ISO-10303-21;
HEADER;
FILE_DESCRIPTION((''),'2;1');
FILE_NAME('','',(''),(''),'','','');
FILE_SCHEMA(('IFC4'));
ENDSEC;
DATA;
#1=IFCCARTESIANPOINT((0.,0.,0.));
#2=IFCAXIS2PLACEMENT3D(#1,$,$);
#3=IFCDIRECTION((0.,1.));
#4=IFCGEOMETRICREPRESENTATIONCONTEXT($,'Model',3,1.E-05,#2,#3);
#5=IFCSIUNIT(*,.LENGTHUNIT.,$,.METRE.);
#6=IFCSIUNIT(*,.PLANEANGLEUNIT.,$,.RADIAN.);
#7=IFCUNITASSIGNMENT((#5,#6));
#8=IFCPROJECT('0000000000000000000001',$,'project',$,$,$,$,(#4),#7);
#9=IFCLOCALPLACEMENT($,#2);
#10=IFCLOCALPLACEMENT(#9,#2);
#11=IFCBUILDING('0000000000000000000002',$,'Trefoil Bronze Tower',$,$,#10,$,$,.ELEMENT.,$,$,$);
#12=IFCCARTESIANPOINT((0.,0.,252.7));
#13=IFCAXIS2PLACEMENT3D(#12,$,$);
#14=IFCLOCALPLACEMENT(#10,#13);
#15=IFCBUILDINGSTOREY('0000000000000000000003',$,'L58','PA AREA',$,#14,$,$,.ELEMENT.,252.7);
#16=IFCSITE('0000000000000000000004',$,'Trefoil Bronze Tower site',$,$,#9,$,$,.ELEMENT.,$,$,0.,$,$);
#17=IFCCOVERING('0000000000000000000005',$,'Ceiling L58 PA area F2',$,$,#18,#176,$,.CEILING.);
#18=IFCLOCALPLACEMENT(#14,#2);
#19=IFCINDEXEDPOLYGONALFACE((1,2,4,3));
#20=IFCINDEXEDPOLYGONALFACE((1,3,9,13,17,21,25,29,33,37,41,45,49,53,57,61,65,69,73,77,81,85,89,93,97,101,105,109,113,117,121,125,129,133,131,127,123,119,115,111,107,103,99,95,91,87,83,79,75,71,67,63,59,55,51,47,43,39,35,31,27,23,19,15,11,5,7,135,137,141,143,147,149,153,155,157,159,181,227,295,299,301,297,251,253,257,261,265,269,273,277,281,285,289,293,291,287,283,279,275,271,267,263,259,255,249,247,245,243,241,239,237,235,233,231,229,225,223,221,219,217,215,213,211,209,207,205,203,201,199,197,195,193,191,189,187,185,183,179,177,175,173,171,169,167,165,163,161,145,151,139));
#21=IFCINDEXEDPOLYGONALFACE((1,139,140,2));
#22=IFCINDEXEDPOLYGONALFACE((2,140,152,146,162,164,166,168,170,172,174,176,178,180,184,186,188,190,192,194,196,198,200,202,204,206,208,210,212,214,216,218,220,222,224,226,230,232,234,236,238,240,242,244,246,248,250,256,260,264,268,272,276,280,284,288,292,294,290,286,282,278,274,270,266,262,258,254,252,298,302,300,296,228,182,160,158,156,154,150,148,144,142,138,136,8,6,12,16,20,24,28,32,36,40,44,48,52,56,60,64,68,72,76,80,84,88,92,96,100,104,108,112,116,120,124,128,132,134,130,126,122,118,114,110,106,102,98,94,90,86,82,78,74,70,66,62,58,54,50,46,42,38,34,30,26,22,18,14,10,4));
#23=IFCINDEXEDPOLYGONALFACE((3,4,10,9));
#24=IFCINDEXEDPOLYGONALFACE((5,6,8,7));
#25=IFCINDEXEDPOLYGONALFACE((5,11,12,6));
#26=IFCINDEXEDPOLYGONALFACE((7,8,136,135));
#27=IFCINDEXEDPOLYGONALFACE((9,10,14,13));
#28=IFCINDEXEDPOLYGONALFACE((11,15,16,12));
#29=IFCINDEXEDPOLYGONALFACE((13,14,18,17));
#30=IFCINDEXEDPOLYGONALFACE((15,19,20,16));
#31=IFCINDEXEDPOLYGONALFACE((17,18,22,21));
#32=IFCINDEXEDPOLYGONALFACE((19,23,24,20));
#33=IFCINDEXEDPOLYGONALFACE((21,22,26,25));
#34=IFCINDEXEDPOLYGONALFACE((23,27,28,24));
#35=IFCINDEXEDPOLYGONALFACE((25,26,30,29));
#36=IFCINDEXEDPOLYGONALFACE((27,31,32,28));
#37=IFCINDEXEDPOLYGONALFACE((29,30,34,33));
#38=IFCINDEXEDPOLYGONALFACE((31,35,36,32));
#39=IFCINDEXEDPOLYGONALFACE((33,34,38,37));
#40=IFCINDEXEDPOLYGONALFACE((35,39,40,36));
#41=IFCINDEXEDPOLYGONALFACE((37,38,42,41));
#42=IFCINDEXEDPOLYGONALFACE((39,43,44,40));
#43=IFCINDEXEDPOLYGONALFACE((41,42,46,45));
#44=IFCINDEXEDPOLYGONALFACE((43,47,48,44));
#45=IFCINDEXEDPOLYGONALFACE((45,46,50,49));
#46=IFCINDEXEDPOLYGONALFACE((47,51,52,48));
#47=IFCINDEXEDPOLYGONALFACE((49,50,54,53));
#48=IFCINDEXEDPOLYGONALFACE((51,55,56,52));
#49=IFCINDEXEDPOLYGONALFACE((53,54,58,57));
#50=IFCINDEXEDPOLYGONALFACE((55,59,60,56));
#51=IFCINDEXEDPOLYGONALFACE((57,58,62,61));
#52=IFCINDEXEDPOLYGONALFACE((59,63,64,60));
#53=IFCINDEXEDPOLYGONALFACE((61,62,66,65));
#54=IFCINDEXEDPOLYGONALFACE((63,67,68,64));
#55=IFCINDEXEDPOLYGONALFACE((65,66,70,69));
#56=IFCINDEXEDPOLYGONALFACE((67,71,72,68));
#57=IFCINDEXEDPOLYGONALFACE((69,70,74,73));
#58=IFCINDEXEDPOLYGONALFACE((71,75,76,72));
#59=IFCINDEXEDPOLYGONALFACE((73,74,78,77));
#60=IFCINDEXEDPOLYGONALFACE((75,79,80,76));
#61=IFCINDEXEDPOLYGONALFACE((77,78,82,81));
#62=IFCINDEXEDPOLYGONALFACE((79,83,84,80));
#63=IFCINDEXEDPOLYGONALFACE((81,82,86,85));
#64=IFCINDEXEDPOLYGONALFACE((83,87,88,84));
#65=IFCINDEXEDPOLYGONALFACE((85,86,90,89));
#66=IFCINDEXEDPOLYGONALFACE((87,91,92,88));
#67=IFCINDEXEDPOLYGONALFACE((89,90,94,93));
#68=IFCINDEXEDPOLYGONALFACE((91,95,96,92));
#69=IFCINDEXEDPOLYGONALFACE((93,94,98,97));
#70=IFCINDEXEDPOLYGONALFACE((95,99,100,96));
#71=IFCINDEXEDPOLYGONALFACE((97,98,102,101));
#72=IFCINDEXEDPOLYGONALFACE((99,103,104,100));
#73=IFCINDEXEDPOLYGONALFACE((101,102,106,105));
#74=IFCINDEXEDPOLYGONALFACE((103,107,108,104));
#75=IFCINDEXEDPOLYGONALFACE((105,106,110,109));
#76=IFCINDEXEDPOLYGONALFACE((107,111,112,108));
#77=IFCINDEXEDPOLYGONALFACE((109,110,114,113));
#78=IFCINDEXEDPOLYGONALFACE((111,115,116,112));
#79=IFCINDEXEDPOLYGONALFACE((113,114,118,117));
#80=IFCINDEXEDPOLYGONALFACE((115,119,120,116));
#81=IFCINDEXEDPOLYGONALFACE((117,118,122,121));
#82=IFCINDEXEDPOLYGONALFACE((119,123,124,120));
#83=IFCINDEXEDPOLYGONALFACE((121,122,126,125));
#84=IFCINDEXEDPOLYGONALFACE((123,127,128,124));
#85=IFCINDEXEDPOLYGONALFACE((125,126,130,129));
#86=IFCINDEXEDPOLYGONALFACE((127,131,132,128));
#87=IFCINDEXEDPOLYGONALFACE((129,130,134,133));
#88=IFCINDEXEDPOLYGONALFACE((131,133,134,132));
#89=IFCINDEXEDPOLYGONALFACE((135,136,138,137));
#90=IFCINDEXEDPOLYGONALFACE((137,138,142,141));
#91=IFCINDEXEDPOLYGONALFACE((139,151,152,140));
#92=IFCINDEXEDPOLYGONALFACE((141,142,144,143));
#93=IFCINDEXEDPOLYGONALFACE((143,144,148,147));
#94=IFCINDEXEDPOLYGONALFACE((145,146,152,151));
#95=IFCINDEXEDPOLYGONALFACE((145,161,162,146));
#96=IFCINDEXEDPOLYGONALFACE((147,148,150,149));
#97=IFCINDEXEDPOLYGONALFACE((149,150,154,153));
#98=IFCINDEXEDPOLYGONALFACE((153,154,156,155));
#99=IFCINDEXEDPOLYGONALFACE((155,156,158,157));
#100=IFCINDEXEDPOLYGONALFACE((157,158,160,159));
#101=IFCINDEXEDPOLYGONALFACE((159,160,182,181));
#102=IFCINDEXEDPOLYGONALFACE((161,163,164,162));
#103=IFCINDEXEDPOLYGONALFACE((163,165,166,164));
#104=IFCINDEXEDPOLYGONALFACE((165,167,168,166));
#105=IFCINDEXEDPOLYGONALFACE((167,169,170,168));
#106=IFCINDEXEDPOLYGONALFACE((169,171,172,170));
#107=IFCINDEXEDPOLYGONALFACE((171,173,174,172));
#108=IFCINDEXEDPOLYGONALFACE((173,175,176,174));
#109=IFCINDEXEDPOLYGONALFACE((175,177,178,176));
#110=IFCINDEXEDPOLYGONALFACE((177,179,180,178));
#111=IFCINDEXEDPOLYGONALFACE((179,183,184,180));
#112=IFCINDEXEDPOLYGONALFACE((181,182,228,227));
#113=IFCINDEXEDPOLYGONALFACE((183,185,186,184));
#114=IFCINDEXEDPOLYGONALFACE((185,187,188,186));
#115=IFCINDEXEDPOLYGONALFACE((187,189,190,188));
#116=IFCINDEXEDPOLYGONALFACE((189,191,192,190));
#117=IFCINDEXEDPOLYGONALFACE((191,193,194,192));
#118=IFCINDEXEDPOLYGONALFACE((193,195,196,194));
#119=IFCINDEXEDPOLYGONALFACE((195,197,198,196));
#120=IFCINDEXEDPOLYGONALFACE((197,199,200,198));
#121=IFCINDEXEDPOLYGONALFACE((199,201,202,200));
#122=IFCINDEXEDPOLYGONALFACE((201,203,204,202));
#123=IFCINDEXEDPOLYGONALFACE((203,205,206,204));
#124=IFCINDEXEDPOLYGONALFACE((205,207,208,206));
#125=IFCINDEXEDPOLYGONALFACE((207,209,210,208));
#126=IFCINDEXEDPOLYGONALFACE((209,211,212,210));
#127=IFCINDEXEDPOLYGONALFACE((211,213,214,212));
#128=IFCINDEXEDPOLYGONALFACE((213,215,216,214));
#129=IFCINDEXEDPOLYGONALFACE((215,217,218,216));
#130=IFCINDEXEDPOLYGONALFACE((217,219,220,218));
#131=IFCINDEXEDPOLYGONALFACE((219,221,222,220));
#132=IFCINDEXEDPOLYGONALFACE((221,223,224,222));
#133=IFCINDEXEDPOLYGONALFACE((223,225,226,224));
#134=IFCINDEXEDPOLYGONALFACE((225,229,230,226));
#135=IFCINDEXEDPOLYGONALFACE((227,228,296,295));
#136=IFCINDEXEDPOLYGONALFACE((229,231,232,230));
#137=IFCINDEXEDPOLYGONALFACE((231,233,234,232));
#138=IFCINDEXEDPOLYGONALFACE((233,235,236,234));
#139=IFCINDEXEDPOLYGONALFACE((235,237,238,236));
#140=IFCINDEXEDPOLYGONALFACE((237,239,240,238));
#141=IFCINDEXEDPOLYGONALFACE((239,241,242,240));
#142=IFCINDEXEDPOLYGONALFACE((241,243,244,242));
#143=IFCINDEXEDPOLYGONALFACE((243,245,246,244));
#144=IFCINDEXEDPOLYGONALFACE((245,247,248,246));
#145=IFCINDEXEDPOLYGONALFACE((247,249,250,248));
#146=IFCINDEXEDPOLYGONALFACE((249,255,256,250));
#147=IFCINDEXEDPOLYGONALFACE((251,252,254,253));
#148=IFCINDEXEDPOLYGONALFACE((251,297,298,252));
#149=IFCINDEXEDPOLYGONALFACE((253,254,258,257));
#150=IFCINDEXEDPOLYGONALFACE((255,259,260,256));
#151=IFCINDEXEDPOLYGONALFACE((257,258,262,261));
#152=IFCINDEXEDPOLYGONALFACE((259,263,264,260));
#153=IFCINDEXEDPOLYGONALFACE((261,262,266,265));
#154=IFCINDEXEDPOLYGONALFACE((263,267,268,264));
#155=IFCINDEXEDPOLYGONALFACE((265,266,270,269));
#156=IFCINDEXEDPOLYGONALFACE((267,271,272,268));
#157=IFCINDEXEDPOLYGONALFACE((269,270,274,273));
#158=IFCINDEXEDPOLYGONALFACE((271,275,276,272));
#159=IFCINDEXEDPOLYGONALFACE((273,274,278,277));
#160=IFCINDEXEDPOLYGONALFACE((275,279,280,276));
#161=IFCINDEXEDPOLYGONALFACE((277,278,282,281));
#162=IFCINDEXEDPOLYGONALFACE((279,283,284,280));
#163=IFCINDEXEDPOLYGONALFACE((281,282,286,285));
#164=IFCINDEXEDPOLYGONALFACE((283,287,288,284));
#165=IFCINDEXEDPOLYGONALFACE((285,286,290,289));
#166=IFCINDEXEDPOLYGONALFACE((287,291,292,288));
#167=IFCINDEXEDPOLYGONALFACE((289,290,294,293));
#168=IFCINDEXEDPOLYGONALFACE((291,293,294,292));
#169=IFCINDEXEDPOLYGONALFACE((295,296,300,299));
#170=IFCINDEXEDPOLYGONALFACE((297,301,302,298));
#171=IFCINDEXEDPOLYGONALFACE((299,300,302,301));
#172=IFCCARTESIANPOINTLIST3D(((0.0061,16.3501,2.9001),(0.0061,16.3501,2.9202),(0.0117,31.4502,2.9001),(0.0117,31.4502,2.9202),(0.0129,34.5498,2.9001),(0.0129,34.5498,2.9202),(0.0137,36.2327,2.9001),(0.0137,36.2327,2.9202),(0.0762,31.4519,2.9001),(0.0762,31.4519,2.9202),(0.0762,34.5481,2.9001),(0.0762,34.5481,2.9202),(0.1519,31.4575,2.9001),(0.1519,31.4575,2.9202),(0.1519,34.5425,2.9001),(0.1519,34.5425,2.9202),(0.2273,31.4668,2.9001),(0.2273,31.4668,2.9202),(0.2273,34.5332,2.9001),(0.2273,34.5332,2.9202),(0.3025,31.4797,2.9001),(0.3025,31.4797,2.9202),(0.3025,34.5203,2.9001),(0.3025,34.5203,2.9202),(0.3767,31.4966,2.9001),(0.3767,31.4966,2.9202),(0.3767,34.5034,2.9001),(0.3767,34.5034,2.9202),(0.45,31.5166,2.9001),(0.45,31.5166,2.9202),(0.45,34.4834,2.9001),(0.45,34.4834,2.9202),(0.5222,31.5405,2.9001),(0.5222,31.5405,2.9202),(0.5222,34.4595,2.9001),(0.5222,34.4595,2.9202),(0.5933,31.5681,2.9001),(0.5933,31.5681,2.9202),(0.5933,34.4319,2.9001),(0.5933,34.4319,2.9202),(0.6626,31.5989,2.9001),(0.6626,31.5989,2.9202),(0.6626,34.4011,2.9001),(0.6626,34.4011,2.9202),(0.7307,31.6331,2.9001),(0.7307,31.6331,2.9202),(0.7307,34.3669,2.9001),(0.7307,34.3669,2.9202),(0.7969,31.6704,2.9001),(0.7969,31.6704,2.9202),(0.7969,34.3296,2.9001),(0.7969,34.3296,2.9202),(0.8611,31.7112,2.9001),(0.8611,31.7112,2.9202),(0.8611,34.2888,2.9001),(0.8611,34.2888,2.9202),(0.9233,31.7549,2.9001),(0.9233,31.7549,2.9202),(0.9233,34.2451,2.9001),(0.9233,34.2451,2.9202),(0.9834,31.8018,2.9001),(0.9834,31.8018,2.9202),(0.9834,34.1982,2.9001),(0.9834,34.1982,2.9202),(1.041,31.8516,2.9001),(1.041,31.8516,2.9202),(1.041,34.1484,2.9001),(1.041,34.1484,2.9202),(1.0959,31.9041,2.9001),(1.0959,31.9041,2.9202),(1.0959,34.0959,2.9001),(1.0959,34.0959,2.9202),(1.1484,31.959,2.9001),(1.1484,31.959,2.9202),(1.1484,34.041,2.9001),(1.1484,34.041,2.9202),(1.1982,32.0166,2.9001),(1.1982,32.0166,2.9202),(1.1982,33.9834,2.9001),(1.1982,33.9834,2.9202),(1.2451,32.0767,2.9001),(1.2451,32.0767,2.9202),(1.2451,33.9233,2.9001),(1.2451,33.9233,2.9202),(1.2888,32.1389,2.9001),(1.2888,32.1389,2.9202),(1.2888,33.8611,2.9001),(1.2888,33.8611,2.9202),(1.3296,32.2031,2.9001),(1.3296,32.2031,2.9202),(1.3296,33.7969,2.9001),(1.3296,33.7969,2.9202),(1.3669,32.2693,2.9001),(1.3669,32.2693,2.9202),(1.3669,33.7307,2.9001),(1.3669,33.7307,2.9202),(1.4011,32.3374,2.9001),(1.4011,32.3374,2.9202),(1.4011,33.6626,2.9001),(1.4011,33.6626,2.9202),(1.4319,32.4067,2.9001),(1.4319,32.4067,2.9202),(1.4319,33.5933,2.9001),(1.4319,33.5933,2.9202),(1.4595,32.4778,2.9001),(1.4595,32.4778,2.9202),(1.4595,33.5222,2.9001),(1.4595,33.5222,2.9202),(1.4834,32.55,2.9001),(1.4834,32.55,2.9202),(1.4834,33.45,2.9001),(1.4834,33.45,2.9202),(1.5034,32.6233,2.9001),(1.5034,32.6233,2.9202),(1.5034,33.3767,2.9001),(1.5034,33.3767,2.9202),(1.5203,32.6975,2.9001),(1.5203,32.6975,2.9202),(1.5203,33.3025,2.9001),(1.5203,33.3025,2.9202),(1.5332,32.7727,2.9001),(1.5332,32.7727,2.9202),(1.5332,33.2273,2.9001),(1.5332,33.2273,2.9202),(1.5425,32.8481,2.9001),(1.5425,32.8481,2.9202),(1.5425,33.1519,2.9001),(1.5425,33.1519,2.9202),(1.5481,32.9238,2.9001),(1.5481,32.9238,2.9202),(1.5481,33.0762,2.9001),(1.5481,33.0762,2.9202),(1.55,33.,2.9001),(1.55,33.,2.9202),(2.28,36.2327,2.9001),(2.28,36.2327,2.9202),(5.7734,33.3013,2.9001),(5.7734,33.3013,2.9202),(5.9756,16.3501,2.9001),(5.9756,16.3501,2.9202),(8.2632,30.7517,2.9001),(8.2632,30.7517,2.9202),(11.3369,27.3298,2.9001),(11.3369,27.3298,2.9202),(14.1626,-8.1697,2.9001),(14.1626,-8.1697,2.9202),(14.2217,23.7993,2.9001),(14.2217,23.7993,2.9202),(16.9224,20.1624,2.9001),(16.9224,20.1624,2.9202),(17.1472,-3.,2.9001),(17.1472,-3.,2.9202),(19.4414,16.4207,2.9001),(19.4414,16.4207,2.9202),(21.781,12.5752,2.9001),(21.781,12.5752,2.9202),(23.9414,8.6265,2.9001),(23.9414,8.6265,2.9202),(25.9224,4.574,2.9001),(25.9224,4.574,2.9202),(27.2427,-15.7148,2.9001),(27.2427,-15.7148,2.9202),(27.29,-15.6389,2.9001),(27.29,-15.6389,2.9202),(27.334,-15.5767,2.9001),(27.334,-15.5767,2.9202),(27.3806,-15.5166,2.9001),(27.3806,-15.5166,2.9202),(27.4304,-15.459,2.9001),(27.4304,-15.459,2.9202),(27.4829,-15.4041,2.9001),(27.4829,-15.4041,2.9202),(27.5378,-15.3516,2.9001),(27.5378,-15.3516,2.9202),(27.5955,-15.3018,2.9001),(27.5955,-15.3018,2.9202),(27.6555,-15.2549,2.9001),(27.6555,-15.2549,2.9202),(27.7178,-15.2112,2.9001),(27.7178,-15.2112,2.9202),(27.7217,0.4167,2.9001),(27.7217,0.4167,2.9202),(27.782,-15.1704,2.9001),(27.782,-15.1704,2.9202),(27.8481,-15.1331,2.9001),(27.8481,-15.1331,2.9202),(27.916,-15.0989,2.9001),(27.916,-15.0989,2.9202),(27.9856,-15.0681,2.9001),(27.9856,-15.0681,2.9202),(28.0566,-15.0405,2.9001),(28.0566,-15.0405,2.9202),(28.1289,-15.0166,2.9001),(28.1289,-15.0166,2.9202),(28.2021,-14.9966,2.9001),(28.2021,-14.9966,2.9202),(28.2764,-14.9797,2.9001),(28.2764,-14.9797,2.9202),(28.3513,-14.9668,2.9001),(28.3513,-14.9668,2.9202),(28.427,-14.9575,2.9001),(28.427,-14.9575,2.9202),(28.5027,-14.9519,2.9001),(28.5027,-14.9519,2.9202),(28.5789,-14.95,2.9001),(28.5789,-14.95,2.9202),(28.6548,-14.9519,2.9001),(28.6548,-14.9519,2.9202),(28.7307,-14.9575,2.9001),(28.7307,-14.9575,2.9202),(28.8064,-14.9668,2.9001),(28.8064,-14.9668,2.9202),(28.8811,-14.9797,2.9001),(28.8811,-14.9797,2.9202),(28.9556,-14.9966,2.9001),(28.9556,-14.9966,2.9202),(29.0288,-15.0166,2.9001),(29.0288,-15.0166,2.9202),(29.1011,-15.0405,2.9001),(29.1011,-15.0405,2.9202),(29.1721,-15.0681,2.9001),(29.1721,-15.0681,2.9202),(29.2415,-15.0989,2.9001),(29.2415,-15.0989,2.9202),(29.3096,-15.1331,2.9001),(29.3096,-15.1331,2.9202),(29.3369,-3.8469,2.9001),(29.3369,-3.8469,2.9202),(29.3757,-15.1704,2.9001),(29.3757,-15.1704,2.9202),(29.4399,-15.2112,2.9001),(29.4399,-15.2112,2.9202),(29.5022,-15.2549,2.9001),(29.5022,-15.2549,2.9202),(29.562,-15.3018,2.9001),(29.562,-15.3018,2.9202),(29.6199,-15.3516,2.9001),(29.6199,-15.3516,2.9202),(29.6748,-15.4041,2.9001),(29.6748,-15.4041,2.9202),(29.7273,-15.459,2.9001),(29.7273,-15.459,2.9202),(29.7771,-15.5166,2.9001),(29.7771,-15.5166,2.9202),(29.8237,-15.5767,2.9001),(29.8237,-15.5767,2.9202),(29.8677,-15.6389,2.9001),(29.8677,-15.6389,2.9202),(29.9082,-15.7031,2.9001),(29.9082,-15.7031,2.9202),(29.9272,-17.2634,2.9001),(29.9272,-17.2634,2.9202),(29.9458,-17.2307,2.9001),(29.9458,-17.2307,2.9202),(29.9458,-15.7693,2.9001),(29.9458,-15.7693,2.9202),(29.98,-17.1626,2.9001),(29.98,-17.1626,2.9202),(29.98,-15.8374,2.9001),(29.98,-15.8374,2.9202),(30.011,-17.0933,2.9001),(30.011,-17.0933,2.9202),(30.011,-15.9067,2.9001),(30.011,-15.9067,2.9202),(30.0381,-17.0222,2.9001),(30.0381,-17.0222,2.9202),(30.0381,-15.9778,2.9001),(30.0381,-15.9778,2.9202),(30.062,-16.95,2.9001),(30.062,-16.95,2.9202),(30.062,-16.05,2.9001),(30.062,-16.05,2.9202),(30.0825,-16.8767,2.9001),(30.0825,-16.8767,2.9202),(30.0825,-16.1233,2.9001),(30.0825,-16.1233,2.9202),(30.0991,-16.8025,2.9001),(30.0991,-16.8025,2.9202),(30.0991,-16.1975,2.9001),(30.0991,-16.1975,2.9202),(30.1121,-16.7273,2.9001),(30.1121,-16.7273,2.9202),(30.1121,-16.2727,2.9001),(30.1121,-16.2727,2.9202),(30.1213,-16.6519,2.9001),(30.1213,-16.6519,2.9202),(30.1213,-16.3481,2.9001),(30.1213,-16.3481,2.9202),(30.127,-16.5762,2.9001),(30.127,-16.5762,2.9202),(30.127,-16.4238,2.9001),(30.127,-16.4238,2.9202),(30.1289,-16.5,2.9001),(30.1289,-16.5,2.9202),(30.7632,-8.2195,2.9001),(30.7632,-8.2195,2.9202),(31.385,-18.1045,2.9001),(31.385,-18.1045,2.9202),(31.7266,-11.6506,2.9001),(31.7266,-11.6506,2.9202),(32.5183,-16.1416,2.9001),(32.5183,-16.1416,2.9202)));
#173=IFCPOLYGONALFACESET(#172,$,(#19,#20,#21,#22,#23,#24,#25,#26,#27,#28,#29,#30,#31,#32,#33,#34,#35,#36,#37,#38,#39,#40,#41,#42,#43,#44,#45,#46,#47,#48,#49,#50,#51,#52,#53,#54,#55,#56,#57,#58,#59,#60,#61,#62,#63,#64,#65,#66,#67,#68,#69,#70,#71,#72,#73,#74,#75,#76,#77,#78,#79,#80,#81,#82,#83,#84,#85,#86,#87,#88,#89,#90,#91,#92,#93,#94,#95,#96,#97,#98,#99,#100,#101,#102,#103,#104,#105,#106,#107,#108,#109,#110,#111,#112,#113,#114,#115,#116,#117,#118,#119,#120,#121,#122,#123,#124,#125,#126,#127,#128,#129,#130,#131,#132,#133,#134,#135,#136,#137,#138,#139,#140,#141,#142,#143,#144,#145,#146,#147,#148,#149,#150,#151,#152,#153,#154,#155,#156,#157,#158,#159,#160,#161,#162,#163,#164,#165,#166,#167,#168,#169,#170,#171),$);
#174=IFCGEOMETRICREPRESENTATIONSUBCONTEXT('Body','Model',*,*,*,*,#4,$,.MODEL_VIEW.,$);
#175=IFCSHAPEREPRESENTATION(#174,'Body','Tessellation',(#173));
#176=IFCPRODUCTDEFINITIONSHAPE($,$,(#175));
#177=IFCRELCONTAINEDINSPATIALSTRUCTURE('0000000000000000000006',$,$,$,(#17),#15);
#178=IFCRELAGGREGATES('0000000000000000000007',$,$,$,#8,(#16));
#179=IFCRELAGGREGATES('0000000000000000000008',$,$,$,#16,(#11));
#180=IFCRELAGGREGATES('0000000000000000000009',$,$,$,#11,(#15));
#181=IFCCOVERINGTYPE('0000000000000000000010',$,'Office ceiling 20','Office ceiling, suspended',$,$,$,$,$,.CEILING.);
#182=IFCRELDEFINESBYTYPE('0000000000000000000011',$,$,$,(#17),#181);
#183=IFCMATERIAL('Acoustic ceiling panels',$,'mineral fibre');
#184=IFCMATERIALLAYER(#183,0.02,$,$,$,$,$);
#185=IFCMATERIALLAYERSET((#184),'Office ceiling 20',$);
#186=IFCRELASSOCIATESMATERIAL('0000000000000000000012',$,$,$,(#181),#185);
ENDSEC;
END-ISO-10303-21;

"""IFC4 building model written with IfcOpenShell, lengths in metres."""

from ifc_helpers import new_model, si_unit, direction, frame, origin, place, context, subcontext, project, spatial, polyline, outline, extrude, material, layer, layer_set, type_object, element, save


model = new_model("IFC4")

# Units and contexts
model_context = context("Model", 3, precision=1e-05, world=origin(), true_north=direction((0.0, 1.0)))
body_context = subcontext(model_context, "Body", "Model", "MODEL_VIEW")
ifc_project = project(units=[si_unit("LENGTHUNIT", "METRE"), si_unit("PLANEANGLEUNIT", "RADIAN")], contexts=[model_context])

# Site, building, storey
site_placement = place(None, origin())
site = spatial("IfcSite", under=ifc_project, at=site_placement, Name="Trefoil Bronze Tower site", CompositionType="ELEMENT", RefElevation=0.0)
building_placement = place(site_placement, origin())
building = spatial("IfcBuilding", under=site, at=building_placement, Name="Trefoil Bronze Tower", CompositionType="ELEMENT")
storey_placement = place(building_placement, frame((0.0, 0.0, 252.7)))
storey = spatial("IfcBuildingStorey", under=building, at=storey_placement, Name="L58", Description="PA AREA", CompositionType="ELEMENT", Elevation=252.7)

# Covering
ifc_material_1 = material(Name="Acoustic ceiling panels", Category="mineral fibre")
ifc_layer_1 = layer(ifc_material_1, 0.02)
ifc_layer_set_1 = layer_set([ifc_layer_1], Name="Office ceiling 20")
covering_type_1 = type_object("IfcCoveringType", Name="Office ceiling 20", Description="Office ceiling, suspended", PredefinedType="CEILING", material=ifc_layer_set_1)
covering_1_placement = place(storey_placement, frame((0.0, 0.0, 2.9001)))
element("IfcCovering", 1, at=covering_1_placement, inside=storey, type_object=covering_type_1, Name="Ceiling L58 PA area F2", PredefinedType="CEILING", context=body_context, shape_type="SweptSolid", body=[
    extrude(outline(polyline([(8.2632, 30.7517), (11.3369, 27.3298), (14.2217, 23.7993), (16.9224, 20.1624), (19.4414, 16.4207), (21.781, 12.5752), (23.9414, 8.6265), (25.9224, 4.574), (27.7217, 0.4167), (29.3369, -3.8469), (30.7632, -8.2195), (31.7266, -11.6506), (32.5183, -16.1416), (31.385, -18.1045), (29.9272, -17.2634), (29.9458, -17.2307), (29.98, -17.1626), (30.011, -17.0933), (30.0381, -17.0222), (30.062, -16.95), (30.0825, -16.8767), (30.0991, -16.8025), (30.1121, -16.7273), (30.1213, -16.6519), (30.127, -16.5762), (30.1289, -16.5), (30.127, -16.4238), (30.1213, -16.3481), (30.1121, -16.2727), (30.0991, -16.1975), (30.0825, -16.1233), (30.062, -16.05), (30.0381, -15.9778), (30.011, -15.9067), (29.98, -15.8374), (29.9458, -15.7693), (29.9082, -15.7031), (29.8677, -15.6389), (29.8237, -15.5767), (29.7771, -15.5166), (29.7273, -15.459), (29.6748, -15.4041), (29.6199, -15.3516), (29.562, -15.3018), (29.5022, -15.2549), (29.4399, -15.2112), (29.3757, -15.1704), (29.3096, -15.1331), (29.2415, -15.0989), (29.1721, -15.0681), (29.1011, -15.0405), (29.0288, -15.0166), (28.9556, -14.9966), (28.8811, -14.9797), (28.8064, -14.9668), (28.7307, -14.9575), (28.6548, -14.9519), (28.5789, -14.95), (28.5027, -14.9519), (28.427, -14.9575), (28.3513, -14.9668), (28.2764, -14.9797), (28.2021, -14.9966), (28.1289, -15.0166), (28.0566, -15.0405), (27.9856, -15.0681), (27.916, -15.0989), (27.8481, -15.1331), (27.782, -15.1704), (27.7178, -15.2112), (27.6555, -15.2549), (27.5955, -15.3018), (27.5378, -15.3516), (27.4829, -15.4041), (27.4304, -15.459), (27.3806, -15.5166), (27.334, -15.5767), (27.29, -15.6389), (27.2427, -15.7148), (14.1626, -8.1697), (17.1472, -3.0), (5.9756, 16.3501), (0.0061, 16.3501), (0.0117, 31.4502), (0.0762, 31.4519), (0.1519, 31.4575), (0.2273, 31.4668), (0.3025, 31.4797), (0.3767, 31.4966), (0.45, 31.5166), (0.5222, 31.5405), (0.5933, 31.5681), (0.6626, 31.5989), (0.7307, 31.6331), (0.7969, 31.6704), (0.8611, 31.7112), (0.9233, 31.7549), (0.9834, 31.8018), (1.041, 31.8516), (1.0959, 31.9041), (1.1484, 31.959), (1.1982, 32.0166), (1.2451, 32.0767), (1.2888, 32.1389), (1.3296, 32.2031), (1.3669, 32.2693), (1.4011, 32.3374), (1.4319, 32.4067), (1.4595, 32.4778), (1.4834, 32.55), (1.5034, 32.6233), (1.5203, 32.6975), (1.5332, 32.7727), (1.5425, 32.8481), (1.5481, 32.9238), (1.55, 33.0), (1.5481, 33.0762), (1.5425, 33.1519), (1.5332, 33.2273), (1.5203, 33.3025), (1.5034, 33.3767), (1.4834, 33.45), (1.4595, 33.5222), (1.4319, 33.5933), (1.4011, 33.6626), (1.3669, 33.7307), (1.3296, 33.7969), (1.2888, 33.8611), (1.2451, 33.9233), (1.1982, 33.9834), (1.1484, 34.041), (1.0959, 34.0959), (1.041, 34.1484), (0.9834, 34.1982), (0.9233, 34.2451), (0.8611, 34.2888), (0.7969, 34.3296), (0.7307, 34.3669), (0.6626, 34.4011), (0.5933, 34.4319), (0.5222, 34.4595), (0.45, 34.4834), (0.3767, 34.5034), (0.3025, 34.5203), (0.2273, 34.5332), (0.1519, 34.5425), (0.0762, 34.5481), (0.0129, 34.5498), (0.0137, 36.2327), (2.28, 36.2327), (5.7734, 33.3013), (8.2632, 30.7517)])), origin(), (0.0, 0.0, 1.0), 0.02),
])

save(model, "model.ifc")
